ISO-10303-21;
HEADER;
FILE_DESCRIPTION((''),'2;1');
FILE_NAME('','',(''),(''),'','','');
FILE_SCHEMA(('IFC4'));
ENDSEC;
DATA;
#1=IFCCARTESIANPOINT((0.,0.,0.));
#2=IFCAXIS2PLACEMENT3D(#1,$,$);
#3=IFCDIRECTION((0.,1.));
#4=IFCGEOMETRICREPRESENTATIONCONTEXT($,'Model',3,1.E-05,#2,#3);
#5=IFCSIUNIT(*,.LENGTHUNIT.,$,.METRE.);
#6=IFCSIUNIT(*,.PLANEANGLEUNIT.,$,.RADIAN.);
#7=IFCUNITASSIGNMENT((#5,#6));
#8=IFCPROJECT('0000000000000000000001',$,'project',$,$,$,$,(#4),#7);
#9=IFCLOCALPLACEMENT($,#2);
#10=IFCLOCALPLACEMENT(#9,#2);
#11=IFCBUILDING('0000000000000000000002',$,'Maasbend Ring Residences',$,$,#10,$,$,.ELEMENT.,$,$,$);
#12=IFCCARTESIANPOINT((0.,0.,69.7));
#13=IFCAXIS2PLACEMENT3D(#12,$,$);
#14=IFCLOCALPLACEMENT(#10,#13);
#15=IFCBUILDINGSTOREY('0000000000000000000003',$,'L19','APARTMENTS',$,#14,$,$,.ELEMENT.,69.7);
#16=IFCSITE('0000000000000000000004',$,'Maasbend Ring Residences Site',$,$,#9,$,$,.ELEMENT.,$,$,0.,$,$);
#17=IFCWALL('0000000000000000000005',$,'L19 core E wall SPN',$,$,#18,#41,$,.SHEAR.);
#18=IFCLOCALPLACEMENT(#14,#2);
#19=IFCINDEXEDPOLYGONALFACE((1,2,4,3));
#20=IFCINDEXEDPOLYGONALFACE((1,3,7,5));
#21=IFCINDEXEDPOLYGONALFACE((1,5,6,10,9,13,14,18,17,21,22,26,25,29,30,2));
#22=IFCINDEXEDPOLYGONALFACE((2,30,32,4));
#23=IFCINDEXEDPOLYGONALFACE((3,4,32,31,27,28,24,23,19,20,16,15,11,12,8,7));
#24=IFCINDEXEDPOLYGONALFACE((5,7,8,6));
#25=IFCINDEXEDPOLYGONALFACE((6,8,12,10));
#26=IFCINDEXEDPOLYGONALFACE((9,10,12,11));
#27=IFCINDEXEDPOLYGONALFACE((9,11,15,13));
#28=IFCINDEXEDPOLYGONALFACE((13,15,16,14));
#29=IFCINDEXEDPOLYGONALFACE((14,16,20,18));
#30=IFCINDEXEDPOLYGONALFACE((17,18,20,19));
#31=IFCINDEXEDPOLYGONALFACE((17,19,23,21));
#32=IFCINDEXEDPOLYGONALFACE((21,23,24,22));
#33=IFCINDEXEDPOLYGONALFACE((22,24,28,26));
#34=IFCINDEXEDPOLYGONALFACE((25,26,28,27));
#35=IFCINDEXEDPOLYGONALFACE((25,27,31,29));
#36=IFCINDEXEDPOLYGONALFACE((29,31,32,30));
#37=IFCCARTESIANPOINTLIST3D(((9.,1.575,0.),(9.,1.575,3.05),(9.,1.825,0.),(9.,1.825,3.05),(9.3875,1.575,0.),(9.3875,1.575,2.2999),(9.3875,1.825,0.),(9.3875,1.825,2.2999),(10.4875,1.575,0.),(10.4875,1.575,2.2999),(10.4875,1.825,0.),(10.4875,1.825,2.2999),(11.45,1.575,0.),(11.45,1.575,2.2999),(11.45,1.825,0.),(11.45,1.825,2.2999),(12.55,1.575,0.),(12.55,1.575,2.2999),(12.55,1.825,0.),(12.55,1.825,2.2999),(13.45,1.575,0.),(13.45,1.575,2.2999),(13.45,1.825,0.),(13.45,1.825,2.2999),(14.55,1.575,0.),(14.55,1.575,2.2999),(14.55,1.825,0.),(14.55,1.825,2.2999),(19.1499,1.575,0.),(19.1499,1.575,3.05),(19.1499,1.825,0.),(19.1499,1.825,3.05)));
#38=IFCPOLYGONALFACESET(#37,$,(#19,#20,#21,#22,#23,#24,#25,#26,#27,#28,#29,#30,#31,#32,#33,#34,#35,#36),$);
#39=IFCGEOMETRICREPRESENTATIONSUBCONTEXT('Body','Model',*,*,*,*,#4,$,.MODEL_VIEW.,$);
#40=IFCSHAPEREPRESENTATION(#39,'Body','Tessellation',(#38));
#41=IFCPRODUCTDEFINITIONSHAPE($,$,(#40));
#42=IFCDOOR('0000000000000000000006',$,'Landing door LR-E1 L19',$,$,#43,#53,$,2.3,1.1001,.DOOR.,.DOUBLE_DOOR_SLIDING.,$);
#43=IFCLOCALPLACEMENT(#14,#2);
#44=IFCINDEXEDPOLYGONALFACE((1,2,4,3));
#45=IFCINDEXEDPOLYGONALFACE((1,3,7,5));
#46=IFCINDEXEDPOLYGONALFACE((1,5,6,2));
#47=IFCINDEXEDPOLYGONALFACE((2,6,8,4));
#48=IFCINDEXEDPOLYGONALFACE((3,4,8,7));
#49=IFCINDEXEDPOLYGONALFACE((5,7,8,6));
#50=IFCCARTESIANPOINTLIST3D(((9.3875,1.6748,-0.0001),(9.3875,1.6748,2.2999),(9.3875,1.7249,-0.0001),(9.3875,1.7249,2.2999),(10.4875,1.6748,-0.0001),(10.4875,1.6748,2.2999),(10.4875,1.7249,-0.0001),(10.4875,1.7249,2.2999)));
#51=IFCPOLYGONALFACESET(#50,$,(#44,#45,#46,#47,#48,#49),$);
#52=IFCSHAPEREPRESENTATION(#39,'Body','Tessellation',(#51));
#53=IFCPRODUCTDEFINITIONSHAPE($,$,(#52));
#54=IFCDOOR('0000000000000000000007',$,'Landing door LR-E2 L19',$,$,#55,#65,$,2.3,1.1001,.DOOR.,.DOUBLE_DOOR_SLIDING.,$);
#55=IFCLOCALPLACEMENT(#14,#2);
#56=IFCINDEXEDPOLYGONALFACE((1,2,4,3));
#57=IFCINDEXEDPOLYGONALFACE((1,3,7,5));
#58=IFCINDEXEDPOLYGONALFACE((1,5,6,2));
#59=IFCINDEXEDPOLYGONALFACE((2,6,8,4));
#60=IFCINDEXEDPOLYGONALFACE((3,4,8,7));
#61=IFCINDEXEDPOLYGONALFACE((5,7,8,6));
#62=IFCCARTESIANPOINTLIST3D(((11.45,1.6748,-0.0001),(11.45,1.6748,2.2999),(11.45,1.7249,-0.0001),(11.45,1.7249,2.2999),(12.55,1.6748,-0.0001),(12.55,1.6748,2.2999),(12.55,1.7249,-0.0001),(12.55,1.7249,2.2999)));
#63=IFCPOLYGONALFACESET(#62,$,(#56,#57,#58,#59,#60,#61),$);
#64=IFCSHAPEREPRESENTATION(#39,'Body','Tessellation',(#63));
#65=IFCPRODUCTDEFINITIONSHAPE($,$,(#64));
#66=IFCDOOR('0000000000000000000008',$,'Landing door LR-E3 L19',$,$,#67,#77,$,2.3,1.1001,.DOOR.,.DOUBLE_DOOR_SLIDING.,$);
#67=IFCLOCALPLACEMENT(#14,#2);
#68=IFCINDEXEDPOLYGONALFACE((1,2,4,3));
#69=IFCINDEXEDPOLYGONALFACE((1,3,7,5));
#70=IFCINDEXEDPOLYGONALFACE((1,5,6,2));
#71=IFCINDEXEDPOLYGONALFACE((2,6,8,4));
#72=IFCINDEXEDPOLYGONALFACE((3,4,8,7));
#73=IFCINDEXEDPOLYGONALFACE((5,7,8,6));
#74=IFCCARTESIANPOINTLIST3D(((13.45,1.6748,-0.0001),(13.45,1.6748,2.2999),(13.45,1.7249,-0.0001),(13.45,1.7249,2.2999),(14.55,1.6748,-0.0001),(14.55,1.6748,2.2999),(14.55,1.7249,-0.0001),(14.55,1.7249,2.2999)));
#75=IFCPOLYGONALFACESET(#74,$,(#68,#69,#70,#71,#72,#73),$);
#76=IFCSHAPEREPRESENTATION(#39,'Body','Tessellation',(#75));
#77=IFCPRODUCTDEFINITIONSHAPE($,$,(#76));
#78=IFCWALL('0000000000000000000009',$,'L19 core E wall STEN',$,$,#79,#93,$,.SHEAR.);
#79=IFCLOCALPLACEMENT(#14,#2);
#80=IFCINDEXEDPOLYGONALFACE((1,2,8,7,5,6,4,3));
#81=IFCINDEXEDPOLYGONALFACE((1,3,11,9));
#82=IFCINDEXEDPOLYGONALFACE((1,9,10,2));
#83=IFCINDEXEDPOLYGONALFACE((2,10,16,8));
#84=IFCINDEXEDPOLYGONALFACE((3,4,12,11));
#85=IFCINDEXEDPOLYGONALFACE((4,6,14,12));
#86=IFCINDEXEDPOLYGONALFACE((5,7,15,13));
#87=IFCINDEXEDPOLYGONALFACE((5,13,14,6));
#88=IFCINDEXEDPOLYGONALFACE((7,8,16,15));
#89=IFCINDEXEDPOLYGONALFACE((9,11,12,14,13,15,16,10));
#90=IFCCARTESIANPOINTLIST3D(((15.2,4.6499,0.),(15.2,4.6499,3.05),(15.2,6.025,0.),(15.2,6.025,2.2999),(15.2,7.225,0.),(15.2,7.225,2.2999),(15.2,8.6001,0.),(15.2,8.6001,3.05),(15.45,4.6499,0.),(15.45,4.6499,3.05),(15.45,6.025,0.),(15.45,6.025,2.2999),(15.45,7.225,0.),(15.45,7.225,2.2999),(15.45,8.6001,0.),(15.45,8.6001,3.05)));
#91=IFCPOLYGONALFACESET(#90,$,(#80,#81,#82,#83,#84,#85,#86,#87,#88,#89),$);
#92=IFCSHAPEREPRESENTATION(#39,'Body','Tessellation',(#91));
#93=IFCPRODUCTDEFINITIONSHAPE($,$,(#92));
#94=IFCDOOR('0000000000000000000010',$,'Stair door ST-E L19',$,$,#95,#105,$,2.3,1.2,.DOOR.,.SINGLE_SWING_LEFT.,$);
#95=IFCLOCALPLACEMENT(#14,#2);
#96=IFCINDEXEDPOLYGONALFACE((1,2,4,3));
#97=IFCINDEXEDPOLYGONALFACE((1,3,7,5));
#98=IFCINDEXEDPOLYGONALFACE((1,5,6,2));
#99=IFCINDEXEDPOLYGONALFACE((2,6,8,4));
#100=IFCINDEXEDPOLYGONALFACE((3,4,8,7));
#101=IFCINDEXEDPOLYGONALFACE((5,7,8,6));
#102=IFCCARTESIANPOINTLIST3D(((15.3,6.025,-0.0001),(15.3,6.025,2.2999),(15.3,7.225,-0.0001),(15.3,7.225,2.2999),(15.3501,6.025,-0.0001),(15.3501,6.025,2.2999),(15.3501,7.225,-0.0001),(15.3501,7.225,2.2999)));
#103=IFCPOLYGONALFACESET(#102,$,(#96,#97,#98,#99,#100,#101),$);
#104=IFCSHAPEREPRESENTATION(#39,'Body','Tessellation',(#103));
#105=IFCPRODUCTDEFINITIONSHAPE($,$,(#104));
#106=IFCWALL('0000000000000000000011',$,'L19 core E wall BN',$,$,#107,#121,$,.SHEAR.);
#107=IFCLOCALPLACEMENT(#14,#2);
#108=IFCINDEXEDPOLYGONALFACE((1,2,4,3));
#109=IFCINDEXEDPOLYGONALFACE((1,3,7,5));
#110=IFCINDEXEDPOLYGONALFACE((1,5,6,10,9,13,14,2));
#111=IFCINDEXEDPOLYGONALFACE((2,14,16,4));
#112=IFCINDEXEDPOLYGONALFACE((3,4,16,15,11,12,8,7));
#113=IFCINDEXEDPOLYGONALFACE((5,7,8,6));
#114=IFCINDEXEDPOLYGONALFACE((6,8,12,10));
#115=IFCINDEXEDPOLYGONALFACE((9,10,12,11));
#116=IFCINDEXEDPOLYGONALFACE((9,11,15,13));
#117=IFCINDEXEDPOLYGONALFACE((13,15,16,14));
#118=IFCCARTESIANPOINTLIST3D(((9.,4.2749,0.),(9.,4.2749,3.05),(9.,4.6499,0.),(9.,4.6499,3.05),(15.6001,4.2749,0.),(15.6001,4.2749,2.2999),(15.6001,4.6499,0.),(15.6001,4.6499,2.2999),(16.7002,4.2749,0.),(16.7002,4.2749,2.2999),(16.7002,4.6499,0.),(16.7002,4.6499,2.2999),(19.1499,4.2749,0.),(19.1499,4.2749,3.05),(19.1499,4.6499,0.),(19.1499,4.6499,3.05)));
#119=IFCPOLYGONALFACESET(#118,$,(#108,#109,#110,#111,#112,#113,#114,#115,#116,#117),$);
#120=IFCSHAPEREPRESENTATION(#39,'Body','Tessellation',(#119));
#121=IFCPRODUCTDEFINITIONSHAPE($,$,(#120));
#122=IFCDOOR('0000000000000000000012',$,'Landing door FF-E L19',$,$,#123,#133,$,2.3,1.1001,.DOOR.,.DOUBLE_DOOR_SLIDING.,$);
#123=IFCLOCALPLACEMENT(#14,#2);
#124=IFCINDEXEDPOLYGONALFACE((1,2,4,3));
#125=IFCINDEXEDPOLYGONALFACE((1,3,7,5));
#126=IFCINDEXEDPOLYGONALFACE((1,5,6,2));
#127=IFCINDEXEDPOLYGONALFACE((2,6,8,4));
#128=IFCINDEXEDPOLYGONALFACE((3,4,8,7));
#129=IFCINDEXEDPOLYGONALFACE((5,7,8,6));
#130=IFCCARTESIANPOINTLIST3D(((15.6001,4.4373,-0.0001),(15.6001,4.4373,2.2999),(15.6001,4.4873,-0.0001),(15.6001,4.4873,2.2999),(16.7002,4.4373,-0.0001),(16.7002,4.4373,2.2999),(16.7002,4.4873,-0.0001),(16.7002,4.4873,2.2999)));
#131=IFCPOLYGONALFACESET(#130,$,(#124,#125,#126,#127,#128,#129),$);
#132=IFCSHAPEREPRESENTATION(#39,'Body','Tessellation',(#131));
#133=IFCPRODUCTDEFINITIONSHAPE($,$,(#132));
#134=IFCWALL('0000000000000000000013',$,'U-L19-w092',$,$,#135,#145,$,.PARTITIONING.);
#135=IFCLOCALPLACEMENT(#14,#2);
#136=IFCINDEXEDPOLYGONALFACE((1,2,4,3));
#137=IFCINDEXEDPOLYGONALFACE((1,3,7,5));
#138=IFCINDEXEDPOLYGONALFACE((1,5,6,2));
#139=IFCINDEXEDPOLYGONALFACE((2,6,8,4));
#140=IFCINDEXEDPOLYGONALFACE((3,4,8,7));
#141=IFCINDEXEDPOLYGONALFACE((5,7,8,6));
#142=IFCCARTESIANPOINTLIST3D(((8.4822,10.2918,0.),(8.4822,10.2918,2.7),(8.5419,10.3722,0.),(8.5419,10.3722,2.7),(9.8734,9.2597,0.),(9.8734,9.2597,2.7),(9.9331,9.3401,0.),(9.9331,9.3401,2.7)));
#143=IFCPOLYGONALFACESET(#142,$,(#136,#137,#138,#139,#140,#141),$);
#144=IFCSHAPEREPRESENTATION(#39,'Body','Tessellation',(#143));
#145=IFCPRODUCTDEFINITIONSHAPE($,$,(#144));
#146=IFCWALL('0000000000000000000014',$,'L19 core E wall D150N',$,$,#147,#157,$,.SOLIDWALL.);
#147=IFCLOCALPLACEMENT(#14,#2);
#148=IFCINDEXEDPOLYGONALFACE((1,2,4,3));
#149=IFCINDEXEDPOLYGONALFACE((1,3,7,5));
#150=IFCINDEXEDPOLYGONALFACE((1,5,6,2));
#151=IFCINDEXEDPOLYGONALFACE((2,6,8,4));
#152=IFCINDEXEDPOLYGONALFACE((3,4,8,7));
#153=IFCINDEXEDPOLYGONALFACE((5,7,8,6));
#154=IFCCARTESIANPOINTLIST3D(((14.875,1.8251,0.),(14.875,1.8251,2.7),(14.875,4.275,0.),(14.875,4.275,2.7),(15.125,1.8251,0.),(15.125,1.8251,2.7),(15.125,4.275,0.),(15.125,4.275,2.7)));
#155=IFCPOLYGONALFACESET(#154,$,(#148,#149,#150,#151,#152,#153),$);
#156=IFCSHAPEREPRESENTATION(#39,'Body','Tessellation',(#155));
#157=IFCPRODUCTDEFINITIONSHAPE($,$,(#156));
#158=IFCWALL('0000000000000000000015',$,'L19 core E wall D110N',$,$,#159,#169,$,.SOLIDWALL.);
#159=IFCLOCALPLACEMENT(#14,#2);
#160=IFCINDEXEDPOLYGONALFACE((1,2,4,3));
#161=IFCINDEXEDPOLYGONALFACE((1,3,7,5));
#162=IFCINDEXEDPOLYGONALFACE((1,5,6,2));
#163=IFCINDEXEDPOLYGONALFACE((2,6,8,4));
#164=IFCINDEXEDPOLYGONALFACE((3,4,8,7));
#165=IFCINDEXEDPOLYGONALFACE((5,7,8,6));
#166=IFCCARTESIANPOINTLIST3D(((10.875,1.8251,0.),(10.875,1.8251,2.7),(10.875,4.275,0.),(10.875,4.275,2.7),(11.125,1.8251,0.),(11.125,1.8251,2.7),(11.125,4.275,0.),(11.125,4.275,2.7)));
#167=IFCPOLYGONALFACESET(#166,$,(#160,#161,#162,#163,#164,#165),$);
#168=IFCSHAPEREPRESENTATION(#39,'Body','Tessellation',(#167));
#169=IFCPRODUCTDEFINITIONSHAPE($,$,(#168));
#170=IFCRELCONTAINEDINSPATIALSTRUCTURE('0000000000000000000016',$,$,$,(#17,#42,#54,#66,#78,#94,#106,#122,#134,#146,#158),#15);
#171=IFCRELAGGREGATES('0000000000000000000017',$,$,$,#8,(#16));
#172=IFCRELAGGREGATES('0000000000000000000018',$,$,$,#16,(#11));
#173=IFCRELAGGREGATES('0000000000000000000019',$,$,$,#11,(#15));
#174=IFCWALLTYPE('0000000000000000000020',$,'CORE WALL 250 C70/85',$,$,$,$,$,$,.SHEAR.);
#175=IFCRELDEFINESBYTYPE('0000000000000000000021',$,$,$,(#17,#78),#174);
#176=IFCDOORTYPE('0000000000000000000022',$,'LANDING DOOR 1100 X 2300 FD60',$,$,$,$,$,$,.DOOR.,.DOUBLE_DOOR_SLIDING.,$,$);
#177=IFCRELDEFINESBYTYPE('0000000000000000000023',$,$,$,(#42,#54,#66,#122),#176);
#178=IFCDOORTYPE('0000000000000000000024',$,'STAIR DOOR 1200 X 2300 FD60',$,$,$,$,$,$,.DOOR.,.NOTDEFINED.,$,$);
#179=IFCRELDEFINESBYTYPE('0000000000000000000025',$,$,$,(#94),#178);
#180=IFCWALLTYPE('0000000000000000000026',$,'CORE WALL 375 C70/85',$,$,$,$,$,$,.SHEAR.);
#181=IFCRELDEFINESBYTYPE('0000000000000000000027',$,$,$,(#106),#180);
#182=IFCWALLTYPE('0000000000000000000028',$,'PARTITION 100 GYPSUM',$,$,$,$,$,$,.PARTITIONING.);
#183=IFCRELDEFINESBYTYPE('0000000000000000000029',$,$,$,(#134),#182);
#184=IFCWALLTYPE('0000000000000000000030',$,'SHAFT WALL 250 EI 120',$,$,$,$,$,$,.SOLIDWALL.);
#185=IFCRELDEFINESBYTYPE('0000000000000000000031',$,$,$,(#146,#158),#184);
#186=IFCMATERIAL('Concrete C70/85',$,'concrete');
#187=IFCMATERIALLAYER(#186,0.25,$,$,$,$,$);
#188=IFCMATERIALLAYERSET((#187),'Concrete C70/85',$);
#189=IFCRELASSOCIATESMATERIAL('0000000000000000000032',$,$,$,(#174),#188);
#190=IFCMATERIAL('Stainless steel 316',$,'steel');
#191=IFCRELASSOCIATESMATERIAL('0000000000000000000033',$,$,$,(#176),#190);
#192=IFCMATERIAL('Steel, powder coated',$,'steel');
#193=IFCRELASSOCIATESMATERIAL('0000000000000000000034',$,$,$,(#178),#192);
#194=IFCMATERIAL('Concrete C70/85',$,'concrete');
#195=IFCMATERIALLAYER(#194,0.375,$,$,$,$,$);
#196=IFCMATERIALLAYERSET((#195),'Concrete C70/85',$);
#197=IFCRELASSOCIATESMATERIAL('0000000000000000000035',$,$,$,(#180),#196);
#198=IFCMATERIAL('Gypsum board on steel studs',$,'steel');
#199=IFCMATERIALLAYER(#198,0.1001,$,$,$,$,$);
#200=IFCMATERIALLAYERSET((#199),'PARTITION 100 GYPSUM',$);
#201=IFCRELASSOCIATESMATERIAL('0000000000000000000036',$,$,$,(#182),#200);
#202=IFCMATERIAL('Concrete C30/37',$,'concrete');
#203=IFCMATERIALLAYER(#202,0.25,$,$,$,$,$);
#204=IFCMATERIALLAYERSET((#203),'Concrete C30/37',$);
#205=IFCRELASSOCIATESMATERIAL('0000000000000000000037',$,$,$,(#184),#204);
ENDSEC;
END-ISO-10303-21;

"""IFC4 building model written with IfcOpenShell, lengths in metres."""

from ifc_helpers import new_model, si_unit, direction, frame, frame_2d, origin, place, context, subcontext, project, spatial, rectangle, extrude, material, layer, layer_set, type_object, element, fill, save


model = new_model("IFC4")

# Units and contexts
model_context = context("Model", 3, precision=1e-05, world=origin(), true_north=direction((0.0, 1.0)))
body_context = subcontext(model_context, "Body", "Model", "MODEL_VIEW")
ifc_project = project(units=[si_unit("LENGTHUNIT", "METRE"), si_unit("PLANEANGLEUNIT", "RADIAN")], contexts=[model_context])

# Site, building, storey
site_placement = place(None, origin())
site = spatial("IfcSite", under=ifc_project, at=site_placement, Name="Maasbend Ring Residences Site", CompositionType="ELEMENT", RefElevation=0.0)
building_placement = place(site_placement, origin())
building = spatial("IfcBuilding", under=site, at=building_placement, Name="Maasbend Ring Residences", CompositionType="ELEMENT")
storey_placement = place(building_placement, frame((0.0, 0.0, 69.7)))
storey = spatial("IfcBuildingStorey", under=building, at=storey_placement, Name="L19", Description="APARTMENTS", CompositionType="ELEMENT", Elevation=69.7)

# Wall, openings, doors
ifc_material_1 = material(Name="Concrete C70/85", Category="concrete")
ifc_layer_1 = layer(ifc_material_1, 0.25)
ifc_layer_set_1 = layer_set([ifc_layer_1], Name="Concrete C70/85")
wall_type_1 = type_object("IfcWallType", Name="CORE WALL 250 C70/85", PredefinedType="SHEAR", material=ifc_layer_set_1)
wall_1_placement = place(storey_placement, frame((9.0, 1.7, 0.0), z_axis=(0.0, 0.0, 1.0), x_axis=(1.0, 0.0, 0.0)))
wall_1 = element("IfcWall", 1, at=wall_1_placement, inside=storey, type_object=wall_type_1, Name="L19 core E wall SPN", PredefinedType="SHEAR", context=body_context, shape_type="SweptSolid", body=[
    extrude(rectangle(XDim=10.1499, YDim=0.25, at=frame_2d((5.075, 0.0))), origin(), (0.0, 0.0, 1.0), 3.05),
])
opening_1_placement = place(wall_1_placement, frame((0.3875, 0.0, 0.0)))
opening_1 = element("IfcOpeningElement", 2, at=opening_1_placement, cuts=wall_1, PredefinedType="OPENING", context=body_context, shape_type="SweptSolid", body=[
    extrude(rectangle(XDim=1.1001, YDim=2.3, at=frame_2d((0.55, 1.1499))), frame((0.0, 0.135, 0.0), z_axis=(0.0, -1.0, 0.0), x_axis=(1.0, 0.0, 0.0)), (0.0, 0.0, 1.0), 0.27),
])
opening_2_placement = place(wall_1_placement, frame((2.45, 0.0, 0.0)))
opening_2 = element("IfcOpeningElement", 3, at=opening_2_placement, cuts=wall_1, PredefinedType="OPENING", context=body_context, shape_type="SweptSolid", body=[
    extrude(rectangle(XDim=1.1001, YDim=2.3, at=frame_2d((0.55, 1.1499))), frame((0.0, 0.135, 0.0), z_axis=(0.0, -1.0, 0.0), x_axis=(1.0, 0.0, 0.0)), (0.0, 0.0, 1.0), 0.27),
])
opening_3_placement = place(wall_1_placement, frame((4.45, 0.0, 0.0)))
opening_3 = element("IfcOpeningElement", 4, at=opening_3_placement, cuts=wall_1, PredefinedType="OPENING", context=body_context, shape_type="SweptSolid", body=[
    extrude(rectangle(XDim=1.1001, YDim=2.3, at=frame_2d((0.55, 1.1499))), frame((0.0, 0.135, 0.0), z_axis=(0.0, -1.0, 0.0), x_axis=(1.0, 0.0, 0.0)), (0.0, 0.0, 1.0), 0.27),
])
ifc_material_2 = material(Name="Stainless steel 316", Category="steel")
door_type_1 = type_object("IfcDoorType", Name="LANDING DOOR 1100 X 2300 FD60", OperationType="DOUBLE_DOOR_SLIDING", PredefinedType="DOOR", material=ifc_material_2)
door_1_placement = place(opening_1_placement, origin())
door_1 = element("IfcDoor", 5, at=door_1_placement, inside=storey, type_object=door_type_1, Name="Landing door LR-E1 L19", OperationType="DOUBLE_DOOR_SLIDING", OverallHeight=2.3, OverallWidth=1.1001, PredefinedType="DOOR", context=body_context, shape_type="SweptSolid", body=[
    extrude(rectangle(XDim=1.1001, YDim=2.3, at=frame_2d((0.55, 1.1499))), frame((0.0, 0.0249, 0.0), z_axis=(0.0, -1.0, 0.0), x_axis=(1.0, 0.0, 0.0)), (0.0, 0.0, 1.0), 0.05),
])
fill(opening_1, door_1)
door_2_placement = place(opening_2_placement, origin())
door_2 = element("IfcDoor", 6, at=door_2_placement, inside=storey, type_object=door_type_1, Name="Landing door LR-E2 L19", OperationType="DOUBLE_DOOR_SLIDING", OverallHeight=2.3, OverallWidth=1.1001, PredefinedType="DOOR", context=body_context, shape_type="SweptSolid", body=[
    extrude(rectangle(XDim=1.1001, YDim=2.3, at=frame_2d((0.55, 1.1499))), frame((0.0, 0.0249, 0.0), z_axis=(0.0, -1.0, 0.0), x_axis=(1.0, 0.0, 0.0)), (0.0, 0.0, 1.0), 0.05),
])
fill(opening_2, door_2)
door_3_placement = place(opening_3_placement, origin())
door_3 = element("IfcDoor", 7, at=door_3_placement, inside=storey, type_object=door_type_1, Name="Landing door LR-E3 L19", OperationType="DOUBLE_DOOR_SLIDING", OverallHeight=2.3, OverallWidth=1.1001, PredefinedType="DOOR", context=body_context, shape_type="SweptSolid", body=[
    extrude(rectangle(XDim=1.1001, YDim=2.3, at=frame_2d((0.55, 1.1499))), frame((0.0, 0.0249, 0.0), z_axis=(0.0, -1.0, 0.0), x_axis=(1.0, 0.0, 0.0)), (0.0, 0.0, 1.0), 0.05),
])
fill(opening_3, door_3)

# Walls, openings, doors
wall_2_placement = place(storey_placement, frame((15.325, 4.6499, 0.0), z_axis=(0.0, 0.0, 1.0), x_axis=(0.0, 1.0, 0.0)))
wall_2 = element("IfcWall", 8, at=wall_2_placement, inside=storey, type_object=wall_type_1, Name="L19 core E wall STEN", PredefinedType="SHEAR", context=body_context, shape_type="SweptSolid", body=[
    extrude(rectangle(XDim=3.9502, YDim=0.25, at=frame_2d((1.9751, 0.0))), origin(), (0.0, 0.0, 1.0), 3.05),
])
opening_4_placement = place(wall_2_placement, frame((1.375, 0.0, 0.0)))
opening_4 = element("IfcOpeningElement", 9, at=opening_4_placement, cuts=wall_2, PredefinedType="OPENING", context=body_context, shape_type="SweptSolid", body=[
    extrude(rectangle(XDim=1.2, YDim=2.3, at=frame_2d((0.6001, 1.1499))), frame((0.0, 0.135, 0.0), z_axis=(0.0, -1.0, 0.0), x_axis=(1.0, 0.0, 0.0)), (0.0, 0.0, 1.0), 0.27),
])
ifc_material_3 = material(Name="Steel, powder coated", Category="steel")
door_type_2 = type_object("IfcDoorType", Name="STAIR DOOR 1200 X 2300 FD60", OperationType="NOTDEFINED", PredefinedType="DOOR", material=ifc_material_3)
door_4_placement = place(opening_4_placement, origin())
door_4 = element("IfcDoor", 10, at=door_4_placement, inside=storey, type_object=door_type_2, Name="Stair door ST-E L19", OperationType="SINGLE_SWING_LEFT", OverallHeight=2.3, OverallWidth=1.2, PredefinedType="DOOR", context=body_context, shape_type="SweptSolid", body=[
    extrude(rectangle(XDim=1.2, YDim=2.3, at=frame_2d((0.6001, 1.1499))), frame((0.0, 0.0249, 0.0), z_axis=(0.0, -1.0, 0.0), x_axis=(1.0, 0.0, 0.0)), (0.0, 0.0, 1.0), 0.05),
])
fill(opening_4, door_4)
ifc_material_4 = material(Name="Concrete C70/85", Category="concrete")
ifc_layer_2 = layer(ifc_material_4, 0.375)
ifc_layer_set_2 = layer_set([ifc_layer_2], Name="Concrete C70/85")
wall_type_2 = type_object("IfcWallType", Name="CORE WALL 375 C70/85", PredefinedType="SHEAR", material=ifc_layer_set_2)
wall_3_placement = place(storey_placement, frame((9.0, 4.4624, 0.0), z_axis=(0.0, 0.0, 1.0), x_axis=(1.0, 0.0, 0.0)))
wall_3 = element("IfcWall", 11, at=wall_3_placement, inside=storey, type_object=wall_type_2, Name="L19 core E wall BN", PredefinedType="SHEAR", context=body_context, shape_type="SweptSolid", body=[
    extrude(rectangle(XDim=10.1499, YDim=0.375, at=frame_2d((5.075, 0.0))), origin(), (0.0, 0.0, 1.0), 3.05),
])
opening_5_placement = place(wall_3_placement, frame((6.6001, 0.0, 0.0)))
opening_5 = element("IfcOpeningElement", 12, at=opening_5_placement, cuts=wall_3, PredefinedType="OPENING", context=body_context, shape_type="SweptSolid", body=[
    extrude(rectangle(XDim=1.1001, YDim=2.3, at=frame_2d((0.55, 1.1499))), frame((0.0, 0.1975, 0.0), z_axis=(0.0, -1.0, 0.0), x_axis=(1.0, 0.0, 0.0)), (0.0, 0.0, 1.0), 0.395),
])
door_5_placement = place(opening_5_placement, origin())
door_5 = element("IfcDoor", 13, at=door_5_placement, inside=storey, type_object=door_type_1, Name="Landing door FF-E L19", OperationType="DOUBLE_DOOR_SLIDING", OverallHeight=2.3, OverallWidth=1.1001, PredefinedType="DOOR", context=body_context, shape_type="SweptSolid", body=[
    extrude(rectangle(XDim=1.1001, YDim=2.3, at=frame_2d((0.55, 1.1499))), frame((0.0, 0.0249, 0.0), z_axis=(0.0, -1.0, 0.0), x_axis=(1.0, 0.0, 0.0)), (0.0, 0.0, 1.0), 0.05),
])
fill(opening_5, door_5)

# Walls
ifc_material_5 = material(Name="Gypsum board on steel studs", Category="steel")
ifc_layer_3 = layer(ifc_material_5, 0.1001)
ifc_layer_set_3 = layer_set([ifc_layer_3], Name="PARTITION 100 GYPSUM")
wall_type_3 = type_object("IfcWallType", Name="PARTITION 100 GYPSUM", PredefinedType="PARTITIONING", material=ifc_layer_set_3)
wall_4_placement = place(storey_placement, frame((8.512, 10.332, 0.0), z_axis=(0.0, 0.0, 1.0), x_axis=(0.803135, -0.595797, 0.0)))
element("IfcWall", 14, at=wall_4_placement, inside=storey, type_object=wall_type_3, Name="U-L19-w092", PredefinedType="PARTITIONING", context=body_context, shape_type="SweptSolid", body=[
    extrude(rectangle(XDim=1.7322, YDim=0.1001, at=frame_2d((0.8662, 0.0))), origin(), (0.0, 0.0, 1.0), 2.7),
])
ifc_material_6 = material(Name="Concrete C30/37", Category="concrete")
ifc_layer_4 = layer(ifc_material_6, 0.25)
ifc_layer_set_4 = layer_set([ifc_layer_4], Name="Concrete C30/37")
wall_type_4 = type_object("IfcWallType", Name="SHAFT WALL 250 EI 120", PredefinedType="SOLIDWALL", material=ifc_layer_set_4)
for number, where, z_axis, x_axis, name in (
    (15, (15.0, 1.825, 0.0), (0.0, 0.0, 1.0), (0.0, 1.0, 0.0), "L19 core E wall D150N"),
    (16, (11.0, 1.825, 0.0), (0.0, 0.0, 1.0), (0.0, 1.0, 0.0), "L19 core E wall D110N"),
):
    element("IfcWall", number, at=place(storey_placement, frame(where, z_axis=z_axis, x_axis=x_axis)), inside=storey, type_object=wall_type_4, Name=name, PredefinedType="SOLIDWALL", context=body_context, shape_type="SweptSolid", body=[
        extrude(rectangle(XDim=2.45, YDim=0.25, at=frame_2d((1.2251, 0.0))), origin(), (0.0, 0.0, 1.0), 2.7),
    ])

save(model, "model.ifc")
